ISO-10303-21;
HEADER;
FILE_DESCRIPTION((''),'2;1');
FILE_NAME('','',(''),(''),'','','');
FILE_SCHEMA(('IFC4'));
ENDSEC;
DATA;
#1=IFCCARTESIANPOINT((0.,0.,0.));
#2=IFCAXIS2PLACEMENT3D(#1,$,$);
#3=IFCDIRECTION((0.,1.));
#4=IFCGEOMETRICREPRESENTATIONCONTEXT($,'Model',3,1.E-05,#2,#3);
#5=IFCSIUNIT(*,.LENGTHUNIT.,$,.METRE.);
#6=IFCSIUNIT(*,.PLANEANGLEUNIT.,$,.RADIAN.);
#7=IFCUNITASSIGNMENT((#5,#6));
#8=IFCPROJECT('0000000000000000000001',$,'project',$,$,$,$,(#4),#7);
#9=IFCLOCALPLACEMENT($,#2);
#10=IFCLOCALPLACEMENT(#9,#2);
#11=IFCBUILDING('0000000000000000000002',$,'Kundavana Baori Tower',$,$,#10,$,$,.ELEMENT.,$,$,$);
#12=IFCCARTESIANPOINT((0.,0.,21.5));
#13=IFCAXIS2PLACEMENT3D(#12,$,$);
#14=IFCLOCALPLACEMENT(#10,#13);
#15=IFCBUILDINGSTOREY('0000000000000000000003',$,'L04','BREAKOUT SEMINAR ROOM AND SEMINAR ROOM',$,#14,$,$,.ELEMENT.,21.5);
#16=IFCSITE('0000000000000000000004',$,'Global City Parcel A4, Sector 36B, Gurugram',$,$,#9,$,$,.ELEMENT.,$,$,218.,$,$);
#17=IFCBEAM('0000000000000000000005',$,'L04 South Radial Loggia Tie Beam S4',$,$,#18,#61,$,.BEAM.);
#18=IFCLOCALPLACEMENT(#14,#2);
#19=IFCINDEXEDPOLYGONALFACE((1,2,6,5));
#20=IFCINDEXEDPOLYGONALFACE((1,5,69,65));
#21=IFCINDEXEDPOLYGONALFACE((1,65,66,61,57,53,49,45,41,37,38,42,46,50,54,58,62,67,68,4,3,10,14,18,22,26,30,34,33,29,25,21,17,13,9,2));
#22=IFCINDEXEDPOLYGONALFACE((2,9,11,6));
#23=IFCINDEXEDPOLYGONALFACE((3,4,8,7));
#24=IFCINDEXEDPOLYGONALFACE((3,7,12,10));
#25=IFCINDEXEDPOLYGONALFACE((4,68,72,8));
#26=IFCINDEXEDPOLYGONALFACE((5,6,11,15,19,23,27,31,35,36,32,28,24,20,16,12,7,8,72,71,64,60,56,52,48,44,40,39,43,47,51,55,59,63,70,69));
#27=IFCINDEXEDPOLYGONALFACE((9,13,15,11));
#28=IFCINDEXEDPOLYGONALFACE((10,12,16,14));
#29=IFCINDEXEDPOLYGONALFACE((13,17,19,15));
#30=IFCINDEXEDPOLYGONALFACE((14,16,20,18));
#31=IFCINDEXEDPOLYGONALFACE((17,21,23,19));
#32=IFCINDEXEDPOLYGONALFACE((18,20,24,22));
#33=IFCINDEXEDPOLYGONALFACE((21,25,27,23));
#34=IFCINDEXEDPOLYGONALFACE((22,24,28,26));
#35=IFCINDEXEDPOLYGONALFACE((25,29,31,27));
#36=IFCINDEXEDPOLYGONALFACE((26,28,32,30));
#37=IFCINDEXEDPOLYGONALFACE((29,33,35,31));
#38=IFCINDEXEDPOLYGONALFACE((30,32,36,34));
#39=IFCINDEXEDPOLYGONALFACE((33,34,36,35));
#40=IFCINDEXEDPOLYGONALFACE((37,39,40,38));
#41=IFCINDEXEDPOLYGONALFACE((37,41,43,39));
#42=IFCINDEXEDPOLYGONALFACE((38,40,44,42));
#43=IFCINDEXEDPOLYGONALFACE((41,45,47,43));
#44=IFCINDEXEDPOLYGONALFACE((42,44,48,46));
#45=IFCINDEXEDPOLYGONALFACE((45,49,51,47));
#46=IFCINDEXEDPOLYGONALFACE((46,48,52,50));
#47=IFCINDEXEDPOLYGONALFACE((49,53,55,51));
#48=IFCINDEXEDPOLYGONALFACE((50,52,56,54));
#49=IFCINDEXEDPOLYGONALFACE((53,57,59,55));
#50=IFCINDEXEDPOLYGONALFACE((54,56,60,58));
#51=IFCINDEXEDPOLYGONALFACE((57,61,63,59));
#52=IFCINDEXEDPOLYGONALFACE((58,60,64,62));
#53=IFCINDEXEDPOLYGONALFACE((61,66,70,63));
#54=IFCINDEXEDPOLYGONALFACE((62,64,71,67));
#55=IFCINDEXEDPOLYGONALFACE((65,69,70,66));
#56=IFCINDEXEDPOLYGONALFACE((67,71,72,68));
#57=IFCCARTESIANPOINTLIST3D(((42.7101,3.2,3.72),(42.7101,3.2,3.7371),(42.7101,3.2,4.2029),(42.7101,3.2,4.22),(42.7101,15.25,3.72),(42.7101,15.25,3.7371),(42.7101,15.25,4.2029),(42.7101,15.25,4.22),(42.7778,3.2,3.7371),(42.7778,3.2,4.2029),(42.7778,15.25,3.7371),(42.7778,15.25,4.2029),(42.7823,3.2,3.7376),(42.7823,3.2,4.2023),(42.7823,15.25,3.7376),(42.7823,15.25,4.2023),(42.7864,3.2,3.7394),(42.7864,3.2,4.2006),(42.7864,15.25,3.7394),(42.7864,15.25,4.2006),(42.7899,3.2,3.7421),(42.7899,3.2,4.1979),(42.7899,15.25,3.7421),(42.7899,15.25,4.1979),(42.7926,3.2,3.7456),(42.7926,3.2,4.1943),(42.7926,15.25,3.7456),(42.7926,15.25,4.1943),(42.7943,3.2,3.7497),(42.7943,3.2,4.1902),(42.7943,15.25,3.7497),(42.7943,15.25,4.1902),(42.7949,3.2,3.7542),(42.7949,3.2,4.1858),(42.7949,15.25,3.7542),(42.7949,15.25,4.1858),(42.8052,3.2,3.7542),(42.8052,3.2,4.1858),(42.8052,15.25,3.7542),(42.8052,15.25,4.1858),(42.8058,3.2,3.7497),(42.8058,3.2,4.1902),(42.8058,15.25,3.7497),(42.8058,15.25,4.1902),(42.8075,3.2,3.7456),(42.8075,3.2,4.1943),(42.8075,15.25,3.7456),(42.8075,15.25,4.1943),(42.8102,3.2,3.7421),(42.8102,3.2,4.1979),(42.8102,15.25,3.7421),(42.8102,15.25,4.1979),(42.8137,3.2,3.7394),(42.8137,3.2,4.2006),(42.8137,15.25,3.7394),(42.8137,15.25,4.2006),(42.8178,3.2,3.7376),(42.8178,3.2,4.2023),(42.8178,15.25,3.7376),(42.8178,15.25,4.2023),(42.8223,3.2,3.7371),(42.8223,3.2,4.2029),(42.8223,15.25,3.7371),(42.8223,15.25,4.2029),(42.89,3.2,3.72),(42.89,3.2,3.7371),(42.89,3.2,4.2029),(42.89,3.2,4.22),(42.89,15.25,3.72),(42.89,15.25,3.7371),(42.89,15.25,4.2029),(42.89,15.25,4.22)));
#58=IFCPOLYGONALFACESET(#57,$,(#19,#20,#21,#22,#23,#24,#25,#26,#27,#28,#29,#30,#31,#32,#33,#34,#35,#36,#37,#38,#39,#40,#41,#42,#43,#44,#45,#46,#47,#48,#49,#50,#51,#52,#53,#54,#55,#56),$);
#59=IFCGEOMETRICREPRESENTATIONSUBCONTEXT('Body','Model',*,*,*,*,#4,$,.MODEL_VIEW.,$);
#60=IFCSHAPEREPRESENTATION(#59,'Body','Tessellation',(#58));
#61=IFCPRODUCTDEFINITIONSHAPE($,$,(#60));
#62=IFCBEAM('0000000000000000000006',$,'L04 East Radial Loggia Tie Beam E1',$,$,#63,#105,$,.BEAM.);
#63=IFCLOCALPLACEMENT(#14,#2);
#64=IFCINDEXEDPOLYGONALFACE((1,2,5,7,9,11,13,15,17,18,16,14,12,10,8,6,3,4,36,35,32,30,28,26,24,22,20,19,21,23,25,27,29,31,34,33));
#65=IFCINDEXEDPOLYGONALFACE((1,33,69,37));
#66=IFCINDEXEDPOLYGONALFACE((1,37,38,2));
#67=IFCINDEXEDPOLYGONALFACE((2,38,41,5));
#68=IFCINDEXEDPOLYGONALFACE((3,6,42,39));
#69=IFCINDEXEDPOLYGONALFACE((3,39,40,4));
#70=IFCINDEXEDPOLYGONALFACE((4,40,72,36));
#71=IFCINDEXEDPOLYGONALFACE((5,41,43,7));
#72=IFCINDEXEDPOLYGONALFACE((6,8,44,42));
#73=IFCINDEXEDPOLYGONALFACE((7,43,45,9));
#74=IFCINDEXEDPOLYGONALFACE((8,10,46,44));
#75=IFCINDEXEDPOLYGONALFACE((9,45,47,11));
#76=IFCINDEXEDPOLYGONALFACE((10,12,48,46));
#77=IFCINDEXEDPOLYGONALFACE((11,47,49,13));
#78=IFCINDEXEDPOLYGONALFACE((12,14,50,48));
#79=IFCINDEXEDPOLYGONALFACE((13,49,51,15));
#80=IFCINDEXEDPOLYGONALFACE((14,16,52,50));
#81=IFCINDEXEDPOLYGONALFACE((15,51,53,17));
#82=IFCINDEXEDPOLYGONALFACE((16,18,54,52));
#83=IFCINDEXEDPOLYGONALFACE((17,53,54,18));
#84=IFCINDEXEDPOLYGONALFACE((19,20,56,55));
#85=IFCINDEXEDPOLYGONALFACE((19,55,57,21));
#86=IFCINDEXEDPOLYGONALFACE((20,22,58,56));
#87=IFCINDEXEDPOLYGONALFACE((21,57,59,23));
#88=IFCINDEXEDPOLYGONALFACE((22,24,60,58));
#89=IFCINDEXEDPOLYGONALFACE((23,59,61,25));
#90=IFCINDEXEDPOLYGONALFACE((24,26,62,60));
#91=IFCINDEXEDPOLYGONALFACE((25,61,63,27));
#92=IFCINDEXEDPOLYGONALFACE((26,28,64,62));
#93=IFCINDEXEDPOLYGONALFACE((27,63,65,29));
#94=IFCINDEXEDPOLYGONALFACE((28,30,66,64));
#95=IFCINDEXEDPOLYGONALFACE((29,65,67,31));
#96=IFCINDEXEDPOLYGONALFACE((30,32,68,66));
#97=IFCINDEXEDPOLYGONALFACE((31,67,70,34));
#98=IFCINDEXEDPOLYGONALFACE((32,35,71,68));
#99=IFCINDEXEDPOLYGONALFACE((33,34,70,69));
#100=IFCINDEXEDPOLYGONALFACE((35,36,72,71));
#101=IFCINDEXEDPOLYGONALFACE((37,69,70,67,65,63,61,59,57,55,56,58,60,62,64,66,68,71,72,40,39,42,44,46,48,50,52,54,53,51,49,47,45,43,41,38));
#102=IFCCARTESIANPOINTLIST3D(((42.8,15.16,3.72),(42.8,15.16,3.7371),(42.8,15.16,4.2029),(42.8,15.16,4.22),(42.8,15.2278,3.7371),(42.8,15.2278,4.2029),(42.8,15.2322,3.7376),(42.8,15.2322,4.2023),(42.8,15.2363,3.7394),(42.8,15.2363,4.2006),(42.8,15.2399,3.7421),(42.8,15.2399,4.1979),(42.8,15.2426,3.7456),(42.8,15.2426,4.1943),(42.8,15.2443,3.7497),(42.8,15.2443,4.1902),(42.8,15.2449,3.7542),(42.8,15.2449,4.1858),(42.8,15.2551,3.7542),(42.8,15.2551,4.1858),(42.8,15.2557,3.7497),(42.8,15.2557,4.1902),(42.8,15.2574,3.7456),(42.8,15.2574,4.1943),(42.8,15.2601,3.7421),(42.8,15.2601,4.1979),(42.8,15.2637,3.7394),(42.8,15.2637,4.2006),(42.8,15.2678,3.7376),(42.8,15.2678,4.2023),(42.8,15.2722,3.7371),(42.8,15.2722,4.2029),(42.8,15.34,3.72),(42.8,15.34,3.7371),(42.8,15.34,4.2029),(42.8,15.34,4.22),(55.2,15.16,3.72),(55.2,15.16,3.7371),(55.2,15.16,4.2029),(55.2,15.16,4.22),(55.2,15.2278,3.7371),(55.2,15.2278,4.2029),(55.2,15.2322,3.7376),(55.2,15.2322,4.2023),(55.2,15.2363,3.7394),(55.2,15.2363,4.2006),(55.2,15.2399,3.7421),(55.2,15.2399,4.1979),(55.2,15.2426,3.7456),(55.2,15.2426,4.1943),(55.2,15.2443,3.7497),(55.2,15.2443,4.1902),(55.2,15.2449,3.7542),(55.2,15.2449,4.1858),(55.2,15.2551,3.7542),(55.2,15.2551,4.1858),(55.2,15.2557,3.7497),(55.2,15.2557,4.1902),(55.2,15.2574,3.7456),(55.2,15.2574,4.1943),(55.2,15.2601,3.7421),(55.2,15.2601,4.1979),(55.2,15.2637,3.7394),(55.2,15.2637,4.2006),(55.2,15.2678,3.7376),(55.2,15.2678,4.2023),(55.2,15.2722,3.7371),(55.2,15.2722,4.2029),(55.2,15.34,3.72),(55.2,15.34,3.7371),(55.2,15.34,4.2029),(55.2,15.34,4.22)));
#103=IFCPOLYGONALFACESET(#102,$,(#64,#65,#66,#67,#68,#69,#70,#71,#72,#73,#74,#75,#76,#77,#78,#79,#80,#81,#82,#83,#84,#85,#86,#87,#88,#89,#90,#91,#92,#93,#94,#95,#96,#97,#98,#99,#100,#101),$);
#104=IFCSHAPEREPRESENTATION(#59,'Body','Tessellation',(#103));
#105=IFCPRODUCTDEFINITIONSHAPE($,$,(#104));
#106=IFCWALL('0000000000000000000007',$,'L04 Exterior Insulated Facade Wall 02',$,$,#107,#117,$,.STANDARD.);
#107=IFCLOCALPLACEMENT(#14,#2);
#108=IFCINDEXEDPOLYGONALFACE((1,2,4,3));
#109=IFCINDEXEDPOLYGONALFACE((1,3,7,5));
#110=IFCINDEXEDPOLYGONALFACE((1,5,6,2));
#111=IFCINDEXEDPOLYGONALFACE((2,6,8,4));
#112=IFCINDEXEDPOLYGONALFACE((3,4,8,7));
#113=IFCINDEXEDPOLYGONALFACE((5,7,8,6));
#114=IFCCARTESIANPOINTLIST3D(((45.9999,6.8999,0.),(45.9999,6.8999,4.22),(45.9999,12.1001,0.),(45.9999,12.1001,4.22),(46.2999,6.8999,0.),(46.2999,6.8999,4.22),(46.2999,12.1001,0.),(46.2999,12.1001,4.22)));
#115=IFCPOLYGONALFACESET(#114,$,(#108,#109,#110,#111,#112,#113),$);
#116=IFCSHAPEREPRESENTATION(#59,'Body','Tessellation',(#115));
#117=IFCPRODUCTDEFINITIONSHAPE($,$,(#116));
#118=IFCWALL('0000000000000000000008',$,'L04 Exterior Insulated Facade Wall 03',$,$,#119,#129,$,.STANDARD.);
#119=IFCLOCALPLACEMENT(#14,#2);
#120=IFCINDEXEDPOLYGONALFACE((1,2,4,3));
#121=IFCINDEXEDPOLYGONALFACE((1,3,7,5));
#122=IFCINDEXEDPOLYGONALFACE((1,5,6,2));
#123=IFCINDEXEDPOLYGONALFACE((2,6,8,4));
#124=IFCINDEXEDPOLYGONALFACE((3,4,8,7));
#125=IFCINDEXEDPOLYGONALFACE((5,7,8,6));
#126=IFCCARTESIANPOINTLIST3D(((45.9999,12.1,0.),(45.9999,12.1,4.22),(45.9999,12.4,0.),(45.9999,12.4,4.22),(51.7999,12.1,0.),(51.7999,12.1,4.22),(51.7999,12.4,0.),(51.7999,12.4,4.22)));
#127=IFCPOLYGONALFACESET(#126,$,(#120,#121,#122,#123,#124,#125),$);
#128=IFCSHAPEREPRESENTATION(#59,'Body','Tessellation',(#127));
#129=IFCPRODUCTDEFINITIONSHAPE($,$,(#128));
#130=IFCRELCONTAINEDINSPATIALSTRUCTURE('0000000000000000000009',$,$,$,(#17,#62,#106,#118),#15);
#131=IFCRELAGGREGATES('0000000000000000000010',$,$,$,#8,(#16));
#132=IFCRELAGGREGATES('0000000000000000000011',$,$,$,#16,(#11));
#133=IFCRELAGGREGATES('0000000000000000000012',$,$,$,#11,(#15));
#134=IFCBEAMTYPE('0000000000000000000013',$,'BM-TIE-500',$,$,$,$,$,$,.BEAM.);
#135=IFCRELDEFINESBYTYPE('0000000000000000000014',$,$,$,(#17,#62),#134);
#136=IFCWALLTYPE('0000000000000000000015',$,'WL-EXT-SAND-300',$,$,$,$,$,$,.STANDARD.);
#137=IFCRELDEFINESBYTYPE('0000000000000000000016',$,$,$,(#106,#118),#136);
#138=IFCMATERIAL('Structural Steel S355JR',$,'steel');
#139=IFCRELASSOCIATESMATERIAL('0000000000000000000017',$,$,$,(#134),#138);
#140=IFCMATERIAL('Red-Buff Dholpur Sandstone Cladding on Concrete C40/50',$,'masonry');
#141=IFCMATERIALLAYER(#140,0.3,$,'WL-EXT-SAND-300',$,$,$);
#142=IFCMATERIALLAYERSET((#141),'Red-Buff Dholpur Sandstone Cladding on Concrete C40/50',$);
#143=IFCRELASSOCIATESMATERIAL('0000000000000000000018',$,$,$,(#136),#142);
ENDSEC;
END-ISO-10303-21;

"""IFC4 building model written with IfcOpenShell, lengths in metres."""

from ifc_helpers import new_model, si_unit, direction, frame, frame_2d, origin, origin_2d, place, context, subcontext, project, spatial, rectangle, i_section, extrude, material, layer, layer_set, material_profile, profile_set, type_object, element, save


model = new_model("IFC4")

# Units and contexts
model_context = context("Model", 3, precision=1e-05, world=origin(), true_north=direction((0.0, 1.0)))
body_context = subcontext(model_context, "Body", "Model", "MODEL_VIEW")
ifc_project = project(units=[si_unit("LENGTHUNIT", "METRE"), si_unit("PLANEANGLEUNIT", "RADIAN")], contexts=[model_context])

# Site, building, storey
site_placement = place(None, origin())
site = spatial("IfcSite", under=ifc_project, at=site_placement, Name="Global City Parcel A4, Sector 36B, Gurugram", CompositionType="ELEMENT", RefElevation=218.0)
building_placement = place(site_placement, origin())
building = spatial("IfcBuilding", under=site, at=building_placement, Name="Kundavana Baori Tower", CompositionType="ELEMENT")
storey_placement = place(building_placement, frame((0.0, 0.0, 21.5)))
storey = spatial("IfcBuildingStorey", under=building, at=storey_placement, Name="L04", Description="BREAKOUT SEMINAR ROOM AND SEMINAR ROOM", CompositionType="ELEMENT", Elevation=21.5)

# Beams
ifc_material_1 = material(Name="Structural Steel S355JR", Category="steel")
ifc_material_profile_1 = material_profile(ifc_material_1, i_section(OverallWidth=0.1799, OverallDepth=0.5, WebThickness=0.0103, FlangeThickness=0.0171, FilletRadius=0.0171, at=origin_2d()), Name="ISMB 500")
ifc_profile_set_1 = profile_set([ifc_material_profile_1], Name="Structural Steel S355JR")
beam_type_1 = type_object("IfcBeamType", Name="BM-TIE-500", PredefinedType="BEAM", material=ifc_profile_set_1)
for number, where, z_axis, x_axis, name in (
    (1, (42.8, 15.25, 3.97), (0.0, -1.0, 0.0), (1.0, 0.0, 0.0), "L04 South Radial Loggia Tie Beam S4"),
):
    element("IfcBeam", number, at=place(storey_placement, frame(where, z_axis=z_axis, x_axis=x_axis)), inside=storey, type_object=beam_type_1, Name=name, PredefinedType="BEAM", context=body_context, shape_type="SweptSolid", body=[
        extrude(i_section(OverallWidth=0.1799, OverallDepth=0.5, WebThickness=0.0103, FlangeThickness=0.0171, FilletRadius=0.0171, at=origin_2d()), origin(), (0.0, 0.0, 1.0), 12.05),
    ])
beam_1_placement = place(storey_placement, frame((42.8, 15.25, 3.97), z_axis=(1.0, 0.0, 0.0), x_axis=(0.0, 1.0, 0.0)))
element("IfcBeam", 2, at=beam_1_placement, inside=storey, type_object=beam_type_1, Name="L04 East Radial Loggia Tie Beam E1", PredefinedType="BEAM", context=body_context, shape_type="SweptSolid", body=[
    extrude(i_section(OverallWidth=0.1799, OverallDepth=0.5, WebThickness=0.0103, FlangeThickness=0.0171, FilletRadius=0.0171, at=origin_2d()), origin(), (0.0, 0.0, 1.0), 12.3999),
])

# Walls
ifc_material_2 = material(Name="Red-Buff Dholpur Sandstone Cladding on Concrete C40/50", Category="masonry")
ifc_layer_1 = layer(ifc_material_2, 0.3, Name="WL-EXT-SAND-300")
ifc_layer_set_1 = layer_set([ifc_layer_1], Name="Red-Buff Dholpur Sandstone Cladding on Concrete C40/50")
wall_type_1 = type_object("IfcWallType", Name="WL-EXT-SAND-300", PredefinedType="STANDARD", material=ifc_layer_set_1)
wall_1_placement = place(storey_placement, frame((46.1499, 6.8999, 0.0), z_axis=(0.0, 0.0, 1.0), x_axis=(0.0, 1.0, 0.0)))
element("IfcWall", 3, at=wall_1_placement, inside=storey, type_object=wall_type_1, Name="L04 Exterior Insulated Facade Wall 02", PredefinedType="STANDARD", context=body_context, shape_type="SweptSolid", body=[
    extrude(rectangle(XDim=5.2002, YDim=0.3, at=frame_2d((2.6001, 0.0))), origin(), (0.0, 0.0, 1.0), 4.22),
])
wall_2_placement = place(storey_placement, frame((46.0, 12.25, 0.0), z_axis=(0.0, 0.0, 1.0), x_axis=(1.0, 0.0, 0.0)))
element("IfcWall", 4, at=wall_2_placement, inside=storey, type_object=wall_type_1, Name="L04 Exterior Insulated Facade Wall 03", PredefinedType="STANDARD", context=body_context, shape_type="SweptSolid", body=[
    extrude(rectangle(XDim=5.8, YDim=0.3, at=frame_2d((2.8999, 0.0))), origin(), (0.0, 0.0, 1.0), 4.22),
])

save(model, "model.ifc")
